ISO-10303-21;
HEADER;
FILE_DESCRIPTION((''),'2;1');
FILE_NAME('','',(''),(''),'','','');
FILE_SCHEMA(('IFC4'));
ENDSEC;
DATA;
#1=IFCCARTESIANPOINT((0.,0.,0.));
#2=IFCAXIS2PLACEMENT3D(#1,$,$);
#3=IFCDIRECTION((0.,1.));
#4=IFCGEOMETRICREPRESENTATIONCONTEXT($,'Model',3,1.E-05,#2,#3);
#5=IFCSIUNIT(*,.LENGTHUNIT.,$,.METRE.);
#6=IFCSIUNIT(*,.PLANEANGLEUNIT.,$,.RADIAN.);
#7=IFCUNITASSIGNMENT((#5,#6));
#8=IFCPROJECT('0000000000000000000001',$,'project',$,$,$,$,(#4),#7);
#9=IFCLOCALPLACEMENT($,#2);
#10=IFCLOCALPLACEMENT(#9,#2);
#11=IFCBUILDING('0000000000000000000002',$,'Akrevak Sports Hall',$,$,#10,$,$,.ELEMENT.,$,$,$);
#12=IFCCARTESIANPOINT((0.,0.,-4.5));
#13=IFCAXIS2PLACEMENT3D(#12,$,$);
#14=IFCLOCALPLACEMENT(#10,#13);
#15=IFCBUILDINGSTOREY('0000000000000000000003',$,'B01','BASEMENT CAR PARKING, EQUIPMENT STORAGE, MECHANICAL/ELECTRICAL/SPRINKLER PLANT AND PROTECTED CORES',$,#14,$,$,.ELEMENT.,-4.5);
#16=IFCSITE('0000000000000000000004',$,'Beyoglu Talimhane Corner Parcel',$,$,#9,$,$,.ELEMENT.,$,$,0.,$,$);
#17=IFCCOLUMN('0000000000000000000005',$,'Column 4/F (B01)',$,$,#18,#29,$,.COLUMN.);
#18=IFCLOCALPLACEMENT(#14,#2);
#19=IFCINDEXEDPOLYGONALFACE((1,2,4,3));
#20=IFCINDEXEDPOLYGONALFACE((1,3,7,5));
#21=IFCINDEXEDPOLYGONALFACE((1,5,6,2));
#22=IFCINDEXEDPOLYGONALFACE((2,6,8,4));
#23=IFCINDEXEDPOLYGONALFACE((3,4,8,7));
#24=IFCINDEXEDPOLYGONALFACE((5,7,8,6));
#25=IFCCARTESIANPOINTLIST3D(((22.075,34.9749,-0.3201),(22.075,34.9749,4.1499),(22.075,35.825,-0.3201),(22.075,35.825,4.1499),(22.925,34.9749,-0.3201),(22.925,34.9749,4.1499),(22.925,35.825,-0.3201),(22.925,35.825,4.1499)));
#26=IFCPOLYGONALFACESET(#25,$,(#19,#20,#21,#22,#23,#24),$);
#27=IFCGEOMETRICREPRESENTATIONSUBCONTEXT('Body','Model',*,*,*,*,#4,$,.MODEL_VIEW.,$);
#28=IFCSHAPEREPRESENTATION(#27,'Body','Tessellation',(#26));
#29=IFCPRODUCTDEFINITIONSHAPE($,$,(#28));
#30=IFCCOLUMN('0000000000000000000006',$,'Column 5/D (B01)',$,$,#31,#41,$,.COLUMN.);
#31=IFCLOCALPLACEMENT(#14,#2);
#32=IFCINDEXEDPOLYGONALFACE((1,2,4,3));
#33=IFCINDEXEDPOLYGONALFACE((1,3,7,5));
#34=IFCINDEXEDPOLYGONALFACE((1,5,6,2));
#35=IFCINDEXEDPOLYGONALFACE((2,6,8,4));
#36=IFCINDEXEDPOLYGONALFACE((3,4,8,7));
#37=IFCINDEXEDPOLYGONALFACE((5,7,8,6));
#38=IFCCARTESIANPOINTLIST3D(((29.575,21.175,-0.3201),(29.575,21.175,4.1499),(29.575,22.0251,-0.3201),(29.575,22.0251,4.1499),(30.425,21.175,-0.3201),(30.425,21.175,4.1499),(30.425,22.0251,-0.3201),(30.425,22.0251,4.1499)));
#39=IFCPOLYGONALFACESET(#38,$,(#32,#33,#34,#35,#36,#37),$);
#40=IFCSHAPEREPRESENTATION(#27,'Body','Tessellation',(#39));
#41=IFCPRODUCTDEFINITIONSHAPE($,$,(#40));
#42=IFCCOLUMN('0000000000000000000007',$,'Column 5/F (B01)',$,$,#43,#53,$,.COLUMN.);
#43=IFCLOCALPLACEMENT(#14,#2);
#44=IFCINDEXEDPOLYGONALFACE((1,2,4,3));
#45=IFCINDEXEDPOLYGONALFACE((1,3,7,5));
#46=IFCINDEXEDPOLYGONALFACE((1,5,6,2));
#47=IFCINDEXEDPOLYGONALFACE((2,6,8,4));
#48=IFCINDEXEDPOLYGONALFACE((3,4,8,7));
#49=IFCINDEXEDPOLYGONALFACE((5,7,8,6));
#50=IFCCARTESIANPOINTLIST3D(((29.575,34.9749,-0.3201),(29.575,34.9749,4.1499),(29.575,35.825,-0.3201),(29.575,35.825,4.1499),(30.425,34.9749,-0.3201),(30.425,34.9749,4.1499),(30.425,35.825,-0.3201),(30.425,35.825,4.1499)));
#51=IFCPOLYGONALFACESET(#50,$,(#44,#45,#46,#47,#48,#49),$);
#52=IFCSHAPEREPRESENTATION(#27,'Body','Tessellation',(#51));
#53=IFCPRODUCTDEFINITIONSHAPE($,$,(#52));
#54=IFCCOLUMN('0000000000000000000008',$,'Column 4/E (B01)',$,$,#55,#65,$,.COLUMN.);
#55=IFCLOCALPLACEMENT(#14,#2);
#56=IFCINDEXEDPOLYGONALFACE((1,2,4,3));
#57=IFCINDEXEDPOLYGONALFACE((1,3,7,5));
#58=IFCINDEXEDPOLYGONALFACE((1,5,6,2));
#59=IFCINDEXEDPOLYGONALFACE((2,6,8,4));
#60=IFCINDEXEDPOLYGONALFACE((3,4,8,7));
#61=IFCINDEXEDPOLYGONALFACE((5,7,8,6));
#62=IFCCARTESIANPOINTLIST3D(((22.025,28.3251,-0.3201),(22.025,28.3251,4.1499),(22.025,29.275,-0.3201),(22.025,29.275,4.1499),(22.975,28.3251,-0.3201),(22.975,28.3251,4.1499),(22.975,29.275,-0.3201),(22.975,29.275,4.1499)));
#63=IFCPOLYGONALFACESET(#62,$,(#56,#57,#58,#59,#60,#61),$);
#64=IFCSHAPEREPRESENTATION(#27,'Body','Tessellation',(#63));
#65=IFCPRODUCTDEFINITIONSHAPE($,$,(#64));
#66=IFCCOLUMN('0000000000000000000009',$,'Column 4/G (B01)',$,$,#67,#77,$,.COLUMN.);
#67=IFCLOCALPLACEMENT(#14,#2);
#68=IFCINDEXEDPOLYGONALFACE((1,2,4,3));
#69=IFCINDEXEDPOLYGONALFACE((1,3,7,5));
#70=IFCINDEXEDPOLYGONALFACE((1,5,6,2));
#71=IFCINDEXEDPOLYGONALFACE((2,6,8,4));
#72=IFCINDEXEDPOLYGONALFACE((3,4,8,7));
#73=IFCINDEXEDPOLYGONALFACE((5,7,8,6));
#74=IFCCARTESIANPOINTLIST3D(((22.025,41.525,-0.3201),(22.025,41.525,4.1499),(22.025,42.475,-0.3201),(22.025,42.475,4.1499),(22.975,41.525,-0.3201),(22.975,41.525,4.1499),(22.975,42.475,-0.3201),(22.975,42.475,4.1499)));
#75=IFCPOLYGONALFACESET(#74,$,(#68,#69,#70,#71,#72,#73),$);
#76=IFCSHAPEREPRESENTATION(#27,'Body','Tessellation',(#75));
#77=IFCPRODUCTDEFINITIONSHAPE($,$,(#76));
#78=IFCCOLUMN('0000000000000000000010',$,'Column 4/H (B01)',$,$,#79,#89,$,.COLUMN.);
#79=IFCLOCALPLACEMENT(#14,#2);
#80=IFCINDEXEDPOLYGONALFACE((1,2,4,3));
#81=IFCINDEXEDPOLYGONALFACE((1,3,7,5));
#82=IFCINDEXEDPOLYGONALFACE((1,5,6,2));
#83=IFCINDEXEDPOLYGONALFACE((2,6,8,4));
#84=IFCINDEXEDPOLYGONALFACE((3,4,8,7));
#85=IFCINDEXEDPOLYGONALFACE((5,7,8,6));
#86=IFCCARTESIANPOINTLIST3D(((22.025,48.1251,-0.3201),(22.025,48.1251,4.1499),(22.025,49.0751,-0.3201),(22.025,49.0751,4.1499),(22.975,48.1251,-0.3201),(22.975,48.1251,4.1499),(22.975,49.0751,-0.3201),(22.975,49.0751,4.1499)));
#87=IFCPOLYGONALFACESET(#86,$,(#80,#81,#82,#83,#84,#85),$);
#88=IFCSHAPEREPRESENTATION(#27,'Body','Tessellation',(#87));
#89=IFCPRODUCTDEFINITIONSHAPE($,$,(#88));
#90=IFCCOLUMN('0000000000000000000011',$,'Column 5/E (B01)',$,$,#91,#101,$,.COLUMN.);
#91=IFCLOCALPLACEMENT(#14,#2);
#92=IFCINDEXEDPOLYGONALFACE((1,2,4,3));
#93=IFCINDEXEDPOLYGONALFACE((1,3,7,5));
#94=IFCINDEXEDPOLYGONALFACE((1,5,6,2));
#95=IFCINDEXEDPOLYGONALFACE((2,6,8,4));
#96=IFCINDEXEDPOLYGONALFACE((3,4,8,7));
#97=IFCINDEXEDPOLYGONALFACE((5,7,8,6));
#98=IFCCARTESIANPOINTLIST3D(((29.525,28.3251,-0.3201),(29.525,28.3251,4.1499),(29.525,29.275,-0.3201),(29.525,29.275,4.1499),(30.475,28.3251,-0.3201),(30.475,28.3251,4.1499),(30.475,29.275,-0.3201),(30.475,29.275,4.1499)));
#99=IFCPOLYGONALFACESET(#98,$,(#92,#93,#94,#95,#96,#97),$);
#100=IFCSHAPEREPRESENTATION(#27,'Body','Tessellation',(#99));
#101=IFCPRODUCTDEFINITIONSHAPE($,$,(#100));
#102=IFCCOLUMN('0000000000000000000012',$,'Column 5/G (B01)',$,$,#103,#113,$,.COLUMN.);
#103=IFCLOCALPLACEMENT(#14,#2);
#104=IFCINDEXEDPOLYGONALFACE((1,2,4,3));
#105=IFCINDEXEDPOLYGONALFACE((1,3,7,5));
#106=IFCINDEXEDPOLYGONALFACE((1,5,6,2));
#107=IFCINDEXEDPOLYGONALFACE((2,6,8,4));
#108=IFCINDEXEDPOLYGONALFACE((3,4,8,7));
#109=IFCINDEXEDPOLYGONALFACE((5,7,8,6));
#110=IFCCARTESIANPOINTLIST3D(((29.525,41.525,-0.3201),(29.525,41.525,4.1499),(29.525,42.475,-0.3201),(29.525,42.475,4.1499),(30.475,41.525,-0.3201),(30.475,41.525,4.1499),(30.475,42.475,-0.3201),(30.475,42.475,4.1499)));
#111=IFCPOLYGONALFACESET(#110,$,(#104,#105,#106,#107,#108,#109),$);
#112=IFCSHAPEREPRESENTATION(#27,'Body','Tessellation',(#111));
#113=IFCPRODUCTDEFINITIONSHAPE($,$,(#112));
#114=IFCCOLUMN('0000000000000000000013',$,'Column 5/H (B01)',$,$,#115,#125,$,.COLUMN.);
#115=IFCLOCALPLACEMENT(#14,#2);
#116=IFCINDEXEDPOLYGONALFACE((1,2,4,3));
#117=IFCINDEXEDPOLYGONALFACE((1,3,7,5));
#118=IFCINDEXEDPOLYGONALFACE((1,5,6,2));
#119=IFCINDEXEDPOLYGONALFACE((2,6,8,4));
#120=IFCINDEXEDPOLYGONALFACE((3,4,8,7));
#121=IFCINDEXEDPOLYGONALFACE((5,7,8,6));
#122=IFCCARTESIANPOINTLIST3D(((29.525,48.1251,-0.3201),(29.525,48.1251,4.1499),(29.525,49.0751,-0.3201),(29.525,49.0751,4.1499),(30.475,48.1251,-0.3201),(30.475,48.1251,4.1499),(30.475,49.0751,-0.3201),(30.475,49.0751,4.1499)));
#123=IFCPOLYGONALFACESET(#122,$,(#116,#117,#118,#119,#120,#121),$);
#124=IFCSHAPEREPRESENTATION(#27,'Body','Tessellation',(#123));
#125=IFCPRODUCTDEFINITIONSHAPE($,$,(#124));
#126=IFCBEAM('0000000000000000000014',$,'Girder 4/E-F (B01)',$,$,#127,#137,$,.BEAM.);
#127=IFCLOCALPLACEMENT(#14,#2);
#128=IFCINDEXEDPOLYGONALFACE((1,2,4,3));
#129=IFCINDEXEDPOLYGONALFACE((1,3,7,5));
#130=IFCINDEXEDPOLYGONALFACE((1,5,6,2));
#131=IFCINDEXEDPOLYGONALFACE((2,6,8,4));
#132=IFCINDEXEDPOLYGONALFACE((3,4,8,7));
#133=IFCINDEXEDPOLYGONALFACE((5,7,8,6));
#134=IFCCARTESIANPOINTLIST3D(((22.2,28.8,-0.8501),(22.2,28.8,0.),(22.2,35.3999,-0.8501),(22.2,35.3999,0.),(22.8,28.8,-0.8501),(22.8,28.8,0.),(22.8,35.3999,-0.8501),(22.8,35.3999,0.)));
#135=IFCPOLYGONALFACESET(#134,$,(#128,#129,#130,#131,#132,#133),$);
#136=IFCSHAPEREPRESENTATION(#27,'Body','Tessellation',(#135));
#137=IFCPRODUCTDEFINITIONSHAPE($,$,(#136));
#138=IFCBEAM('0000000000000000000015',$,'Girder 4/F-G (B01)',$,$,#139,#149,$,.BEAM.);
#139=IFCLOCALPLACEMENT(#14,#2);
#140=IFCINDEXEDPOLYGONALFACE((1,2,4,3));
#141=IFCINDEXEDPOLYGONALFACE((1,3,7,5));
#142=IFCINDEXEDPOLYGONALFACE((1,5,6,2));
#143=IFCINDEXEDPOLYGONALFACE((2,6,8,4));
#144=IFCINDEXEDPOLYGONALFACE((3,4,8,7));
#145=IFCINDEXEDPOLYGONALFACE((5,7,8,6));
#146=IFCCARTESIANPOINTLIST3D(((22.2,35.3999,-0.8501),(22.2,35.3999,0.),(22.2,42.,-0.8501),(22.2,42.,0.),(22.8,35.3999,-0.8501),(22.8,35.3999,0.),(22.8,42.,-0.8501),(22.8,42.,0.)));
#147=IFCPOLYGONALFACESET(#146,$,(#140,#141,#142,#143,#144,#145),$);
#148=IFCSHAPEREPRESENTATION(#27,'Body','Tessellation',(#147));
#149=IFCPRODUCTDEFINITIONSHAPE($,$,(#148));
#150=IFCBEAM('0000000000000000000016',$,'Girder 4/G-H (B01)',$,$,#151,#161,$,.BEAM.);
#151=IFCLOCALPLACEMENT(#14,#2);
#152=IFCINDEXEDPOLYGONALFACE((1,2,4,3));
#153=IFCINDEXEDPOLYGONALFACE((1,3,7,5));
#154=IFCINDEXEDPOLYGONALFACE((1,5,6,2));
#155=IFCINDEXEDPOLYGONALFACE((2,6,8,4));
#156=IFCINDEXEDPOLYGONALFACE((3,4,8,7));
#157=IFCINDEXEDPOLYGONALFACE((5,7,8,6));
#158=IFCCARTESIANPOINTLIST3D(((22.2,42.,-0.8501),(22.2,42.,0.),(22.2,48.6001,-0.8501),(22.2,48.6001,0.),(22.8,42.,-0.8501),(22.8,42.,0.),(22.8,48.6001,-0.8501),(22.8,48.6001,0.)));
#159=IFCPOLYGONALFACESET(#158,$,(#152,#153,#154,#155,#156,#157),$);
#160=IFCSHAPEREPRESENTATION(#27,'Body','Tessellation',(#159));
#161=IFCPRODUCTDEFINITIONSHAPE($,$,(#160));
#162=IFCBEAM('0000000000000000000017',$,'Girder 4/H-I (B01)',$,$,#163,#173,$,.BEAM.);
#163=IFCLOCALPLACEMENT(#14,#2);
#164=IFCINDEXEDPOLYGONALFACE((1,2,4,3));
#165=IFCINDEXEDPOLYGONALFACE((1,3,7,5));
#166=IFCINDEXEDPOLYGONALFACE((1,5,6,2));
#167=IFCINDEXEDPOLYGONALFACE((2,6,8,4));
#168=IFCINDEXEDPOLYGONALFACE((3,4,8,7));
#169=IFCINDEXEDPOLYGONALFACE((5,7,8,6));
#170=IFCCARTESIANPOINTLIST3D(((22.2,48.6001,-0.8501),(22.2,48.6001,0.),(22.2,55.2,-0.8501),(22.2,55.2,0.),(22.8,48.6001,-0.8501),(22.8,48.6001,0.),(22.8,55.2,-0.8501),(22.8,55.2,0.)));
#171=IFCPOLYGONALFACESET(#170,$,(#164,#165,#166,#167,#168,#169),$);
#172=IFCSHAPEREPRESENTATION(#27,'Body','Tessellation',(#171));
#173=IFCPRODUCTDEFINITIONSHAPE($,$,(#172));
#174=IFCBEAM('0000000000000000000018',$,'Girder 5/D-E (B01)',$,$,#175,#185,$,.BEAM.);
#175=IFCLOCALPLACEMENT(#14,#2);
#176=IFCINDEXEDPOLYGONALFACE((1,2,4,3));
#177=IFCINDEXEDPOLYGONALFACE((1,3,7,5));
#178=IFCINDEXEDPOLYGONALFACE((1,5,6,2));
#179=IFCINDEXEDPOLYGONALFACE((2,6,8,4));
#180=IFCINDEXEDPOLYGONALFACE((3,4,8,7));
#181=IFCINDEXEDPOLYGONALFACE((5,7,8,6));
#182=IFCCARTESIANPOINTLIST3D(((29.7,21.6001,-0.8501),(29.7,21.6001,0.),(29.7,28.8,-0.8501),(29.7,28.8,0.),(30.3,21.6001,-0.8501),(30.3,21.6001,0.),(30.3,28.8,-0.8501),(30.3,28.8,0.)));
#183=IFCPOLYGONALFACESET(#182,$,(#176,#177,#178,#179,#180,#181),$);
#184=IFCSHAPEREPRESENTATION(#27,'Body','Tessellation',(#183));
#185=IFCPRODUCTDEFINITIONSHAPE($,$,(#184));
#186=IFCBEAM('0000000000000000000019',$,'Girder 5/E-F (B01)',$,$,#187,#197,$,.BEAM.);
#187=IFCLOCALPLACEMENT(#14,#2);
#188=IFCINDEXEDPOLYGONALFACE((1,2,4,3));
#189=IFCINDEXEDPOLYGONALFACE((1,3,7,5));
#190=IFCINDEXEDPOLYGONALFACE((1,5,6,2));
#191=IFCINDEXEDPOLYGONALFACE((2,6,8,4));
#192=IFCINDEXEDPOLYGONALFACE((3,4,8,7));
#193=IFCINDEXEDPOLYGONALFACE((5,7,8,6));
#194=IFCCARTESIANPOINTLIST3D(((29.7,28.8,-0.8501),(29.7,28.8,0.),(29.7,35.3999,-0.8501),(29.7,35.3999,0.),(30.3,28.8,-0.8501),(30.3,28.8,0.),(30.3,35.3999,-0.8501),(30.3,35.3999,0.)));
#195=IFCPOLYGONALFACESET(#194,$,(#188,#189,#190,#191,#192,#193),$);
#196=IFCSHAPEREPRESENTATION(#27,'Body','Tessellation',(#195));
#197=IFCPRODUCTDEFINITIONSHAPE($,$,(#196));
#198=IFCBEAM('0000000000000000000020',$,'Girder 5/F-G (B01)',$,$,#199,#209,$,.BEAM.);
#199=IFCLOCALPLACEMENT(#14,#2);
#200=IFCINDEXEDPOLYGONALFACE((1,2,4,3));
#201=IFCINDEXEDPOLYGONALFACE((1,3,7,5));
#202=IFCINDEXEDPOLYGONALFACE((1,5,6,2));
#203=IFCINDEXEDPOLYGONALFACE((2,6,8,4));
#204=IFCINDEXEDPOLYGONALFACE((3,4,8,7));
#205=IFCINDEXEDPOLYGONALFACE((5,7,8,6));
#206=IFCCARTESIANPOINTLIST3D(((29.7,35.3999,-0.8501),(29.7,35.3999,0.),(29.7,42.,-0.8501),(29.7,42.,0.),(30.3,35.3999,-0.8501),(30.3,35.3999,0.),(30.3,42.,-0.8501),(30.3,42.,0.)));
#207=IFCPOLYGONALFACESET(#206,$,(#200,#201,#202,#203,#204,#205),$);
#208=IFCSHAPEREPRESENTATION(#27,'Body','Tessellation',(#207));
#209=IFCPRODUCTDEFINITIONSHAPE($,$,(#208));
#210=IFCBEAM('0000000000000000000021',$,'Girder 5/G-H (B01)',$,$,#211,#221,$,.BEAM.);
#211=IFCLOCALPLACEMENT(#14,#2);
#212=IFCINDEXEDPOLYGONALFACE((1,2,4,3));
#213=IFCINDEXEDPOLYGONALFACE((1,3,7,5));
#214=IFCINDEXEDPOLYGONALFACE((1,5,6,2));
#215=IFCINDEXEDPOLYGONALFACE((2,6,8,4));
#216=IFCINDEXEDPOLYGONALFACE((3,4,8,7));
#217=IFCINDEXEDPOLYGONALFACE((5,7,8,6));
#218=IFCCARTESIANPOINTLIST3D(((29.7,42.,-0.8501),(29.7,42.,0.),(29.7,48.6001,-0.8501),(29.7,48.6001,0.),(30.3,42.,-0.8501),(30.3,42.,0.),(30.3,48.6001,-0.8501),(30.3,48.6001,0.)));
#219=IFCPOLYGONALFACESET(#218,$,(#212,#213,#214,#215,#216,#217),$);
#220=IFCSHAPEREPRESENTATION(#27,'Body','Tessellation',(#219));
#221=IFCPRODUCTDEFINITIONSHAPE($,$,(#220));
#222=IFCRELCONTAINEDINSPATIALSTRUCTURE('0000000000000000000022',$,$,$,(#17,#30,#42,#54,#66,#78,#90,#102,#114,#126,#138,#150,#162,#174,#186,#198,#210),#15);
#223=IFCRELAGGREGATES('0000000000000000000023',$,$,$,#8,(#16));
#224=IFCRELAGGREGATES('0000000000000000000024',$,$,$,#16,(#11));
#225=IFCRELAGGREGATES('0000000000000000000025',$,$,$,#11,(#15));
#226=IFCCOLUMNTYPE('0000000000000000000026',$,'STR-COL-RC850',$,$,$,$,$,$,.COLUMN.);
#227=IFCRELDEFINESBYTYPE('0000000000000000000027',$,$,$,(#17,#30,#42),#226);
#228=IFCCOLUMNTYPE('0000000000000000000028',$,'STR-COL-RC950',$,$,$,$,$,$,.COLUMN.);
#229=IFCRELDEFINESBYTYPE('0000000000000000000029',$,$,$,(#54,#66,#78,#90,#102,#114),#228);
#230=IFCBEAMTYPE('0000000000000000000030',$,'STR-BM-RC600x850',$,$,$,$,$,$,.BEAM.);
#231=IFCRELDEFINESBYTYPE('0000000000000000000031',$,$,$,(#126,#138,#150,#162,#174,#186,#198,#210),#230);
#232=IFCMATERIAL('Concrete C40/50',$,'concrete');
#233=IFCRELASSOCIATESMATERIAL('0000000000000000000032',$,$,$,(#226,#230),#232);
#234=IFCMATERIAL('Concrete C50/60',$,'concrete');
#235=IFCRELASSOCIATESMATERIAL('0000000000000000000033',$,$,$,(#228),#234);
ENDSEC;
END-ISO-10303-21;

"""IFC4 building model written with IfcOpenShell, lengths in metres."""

from ifc_helpers import new_model, si_unit, direction, frame, origin, origin_2d, place, context, subcontext, project, spatial, rectangle, extrude, material, material_profile, profile_set, type_object, element, save


model = new_model("IFC4")

# Units and contexts
model_context = context("Model", 3, precision=1e-05, world=origin(), true_north=direction((0.0, 1.0)))
body_context = subcontext(model_context, "Body", "Model", "MODEL_VIEW")
ifc_project = project(units=[si_unit("LENGTHUNIT", "METRE"), si_unit("PLANEANGLEUNIT", "RADIAN")], contexts=[model_context])

# Site, building, storey
site_placement = place(None, origin())
site = spatial("IfcSite", under=ifc_project, at=site_placement, Name="Beyoglu Talimhane Corner Parcel", CompositionType="ELEMENT", RefElevation=0.0)
building_placement = place(site_placement, origin())
building = spatial("IfcBuilding", under=site, at=building_placement, Name="Akrevak Sports Hall", CompositionType="ELEMENT")
storey_placement = place(building_placement, frame((0.0, 0.0, -4.5)))
storey = spatial("IfcBuildingStorey", under=building, at=storey_placement, Name="B01", Description="BASEMENT CAR PARKING, EQUIPMENT STORAGE, MECHANICAL/ELECTRICAL/SPRINKLER PLANT AND PROTECTED CORES", CompositionType="ELEMENT", Elevation=-4.5)

# Columns
ifc_material_1 = material(Name="Concrete C40/50", Category="concrete")
ifc_material_profile_1 = material_profile(ifc_material_1, rectangle(XDim=0.8501, YDim=0.8501, at=origin_2d()), Name="RC 850x850", Category="concrete")
ifc_profile_set_1 = profile_set([ifc_material_profile_1], Name="Concrete C40/50")
column_type_1 = type_object("IfcColumnType", Name="STR-COL-RC850", PredefinedType="COLUMN", material=ifc_profile_set_1)
for number, where, z_axis, x_axis, name in (
    (1, (22.5, 35.3999, -0.3201), (0.0, 0.0, 1.0), (1.0, 0.0, 0.0), "Column 4/F (B01)"),
    (2, (30.0, 21.6001, -0.3201), (0.0, 0.0, 1.0), (1.0, 0.0, 0.0), "Column 5/D (B01)"),
    (3, (30.0, 35.3999, -0.3201), (0.0, 0.0, 1.0), (1.0, 0.0, 0.0), "Column 5/F (B01)"),
):
    element("IfcColumn", number, at=place(storey_placement, frame(where, z_axis=z_axis, x_axis=x_axis)), inside=storey, type_object=column_type_1, Name=name, PredefinedType="COLUMN", context=body_context, shape_type="SweptSolid", body=[
        extrude(rectangle(XDim=0.8501, YDim=0.8501, at=origin_2d()), origin(), (0.0, 0.0, 1.0), 4.47),
    ])
ifc_material_2 = material(Name="Concrete C50/60", Category="concrete")
ifc_material_profile_2 = material_profile(ifc_material_2, rectangle(XDim=0.95, YDim=0.95, at=origin_2d()), Name="RC 950x950", Category="concrete")
ifc_profile_set_2 = profile_set([ifc_material_profile_2], Name="Concrete C50/60")
column_type_2 = type_object("IfcColumnType", Name="STR-COL-RC950", PredefinedType="COLUMN", material=ifc_profile_set_2)
for number, where, z_axis, x_axis, name in (
    (4, (22.5, 28.8, -0.3201), (0.0, 0.0, 1.0), (1.0, 0.0, 0.0), "Column 4/E (B01)"),
    (5, (22.5, 42.0, -0.3201), (0.0, 0.0, 1.0), (1.0, 0.0, 0.0), "Column 4/G (B01)"),
    (6, (22.5, 48.6001, -0.3201), (0.0, 0.0, 1.0), (1.0, 0.0, 0.0), "Column 4/H (B01)"),
    (7, (30.0, 28.8, -0.3201), (0.0, 0.0, 1.0), (1.0, 0.0, 0.0), "Column 5/E (B01)"),
    (8, (30.0, 42.0, -0.3201), (0.0, 0.0, 1.0), (1.0, 0.0, 0.0), "Column 5/G (B01)"),
    (9, (30.0, 48.6001, -0.3201), (0.0, 0.0, 1.0), (1.0, 0.0, 0.0), "Column 5/H (B01)"),
):
    element("IfcColumn", number, at=place(storey_placement, frame(where, z_axis=z_axis, x_axis=x_axis)), inside=storey, type_object=column_type_2, Name=name, PredefinedType="COLUMN", context=body_context, shape_type="SweptSolid", body=[
        extrude(rectangle(XDim=0.95, YDim=0.95, at=origin_2d()), origin(), (0.0, 0.0, 1.0), 4.47),
    ])

# Beams
ifc_material_profile_3 = material_profile(ifc_material_1, rectangle(XDim=0.6001, YDim=0.8501, at=origin_2d()), Name="BM 600x850", Category="concrete")
ifc_profile_set_3 = profile_set([ifc_material_profile_3], Name="Concrete C40/50")
beam_type_1 = type_object("IfcBeamType", Name="STR-BM-RC600x850", PredefinedType="BEAM", material=ifc_profile_set_3)
beam_1_placement = place(storey_placement, frame((22.5, 28.8, -0.425), z_axis=(0.0, 1.0, 0.0), x_axis=(-1.0, 0.0, 0.0)))
element("IfcBeam", 10, at=beam_1_placement, inside=storey, type_object=beam_type_1, Name="Girder 4/E-F (B01)", PredefinedType="BEAM", context=body_context, shape_type="SweptSolid", body=[
    extrude(rectangle(XDim=0.6001, YDim=0.8501, at=origin_2d()), origin(), (0.0, 0.0, 1.0), 6.5999),
])
for number, where, z_axis, x_axis, name in (
    (11, (22.5, 35.3999, -0.425), (0.0, 1.0, 0.0), (-1.0, 0.0, 0.0), "Girder 4/F-G (B01)"),
    (12, (22.5, 42.0, -0.425), (0.0, 1.0, 0.0), (-1.0, 0.0, 0.0), "Girder 4/G-H (B01)"),
):
    element("IfcBeam", number, at=place(storey_placement, frame(where, z_axis=z_axis, x_axis=x_axis)), inside=storey, type_object=beam_type_1, Name=name, PredefinedType="BEAM", context=body_context, shape_type="SweptSolid", body=[
        extrude(rectangle(XDim=0.6001, YDim=0.8501, at=origin_2d()), origin(), (0.0, 0.0, 1.0), 6.6001),
    ])
beam_2_placement = place(storey_placement, frame((22.5, 48.6001, -0.425), z_axis=(0.0, 1.0, 0.0), x_axis=(-1.0, 0.0, 0.0)))
element("IfcBeam", 13, at=beam_2_placement, inside=storey, type_object=beam_type_1, Name="Girder 4/H-I (B01)", PredefinedType="BEAM", context=body_context, shape_type="SweptSolid", body=[
    extrude(rectangle(XDim=0.6001, YDim=0.8501, at=origin_2d()), origin(), (0.0, 0.0, 1.0), 6.5999),
])
beam_3_placement = place(storey_placement, frame((30.0, 21.6001, -0.425), z_axis=(0.0, 1.0, 0.0), x_axis=(-1.0, 0.0, 0.0)))
element("IfcBeam", 14, at=beam_3_placement, inside=storey, type_object=beam_type_1, Name="Girder 5/D-E (B01)", PredefinedType="BEAM", context=body_context, shape_type="SweptSolid", body=[
    extrude(rectangle(XDim=0.6001, YDim=0.8501, at=origin_2d()), origin(), (0.0, 0.0, 1.0), 7.2),
])
beam_4_placement = place(storey_placement, frame((30.0, 28.8, -0.425), z_axis=(0.0, 1.0, 0.0), x_axis=(-1.0, 0.0, 0.0)))
element("IfcBeam", 15, at=beam_4_placement, inside=storey, type_object=beam_type_1, Name="Girder 5/E-F (B01)", PredefinedType="BEAM", context=body_context, shape_type="SweptSolid", body=[
    extrude(rectangle(XDim=0.6001, YDim=0.8501, at=origin_2d()), origin(), (0.0, 0.0, 1.0), 6.5999),
])
for number, where, z_axis, x_axis, name in (
    (16, (30.0, 35.3999, -0.425), (0.0, 1.0, 0.0), (-1.0, 0.0, 0.0), "Girder 5/F-G (B01)"),
    (17, (30.0, 42.0, -0.425), (0.0, 1.0, 0.0), (-1.0, 0.0, 0.0), "Girder 5/G-H (B01)"),
):
    element("IfcBeam", number, at=place(storey_placement, frame(where, z_axis=z_axis, x_axis=x_axis)), inside=storey, type_object=beam_type_1, Name=name, PredefinedType="BEAM", context=body_context, shape_type="SweptSolid", body=[
        extrude(rectangle(XDim=0.6001, YDim=0.8501, at=origin_2d()), origin(), (0.0, 0.0, 1.0), 6.6001),
    ])

save(model, "model.ifc")
